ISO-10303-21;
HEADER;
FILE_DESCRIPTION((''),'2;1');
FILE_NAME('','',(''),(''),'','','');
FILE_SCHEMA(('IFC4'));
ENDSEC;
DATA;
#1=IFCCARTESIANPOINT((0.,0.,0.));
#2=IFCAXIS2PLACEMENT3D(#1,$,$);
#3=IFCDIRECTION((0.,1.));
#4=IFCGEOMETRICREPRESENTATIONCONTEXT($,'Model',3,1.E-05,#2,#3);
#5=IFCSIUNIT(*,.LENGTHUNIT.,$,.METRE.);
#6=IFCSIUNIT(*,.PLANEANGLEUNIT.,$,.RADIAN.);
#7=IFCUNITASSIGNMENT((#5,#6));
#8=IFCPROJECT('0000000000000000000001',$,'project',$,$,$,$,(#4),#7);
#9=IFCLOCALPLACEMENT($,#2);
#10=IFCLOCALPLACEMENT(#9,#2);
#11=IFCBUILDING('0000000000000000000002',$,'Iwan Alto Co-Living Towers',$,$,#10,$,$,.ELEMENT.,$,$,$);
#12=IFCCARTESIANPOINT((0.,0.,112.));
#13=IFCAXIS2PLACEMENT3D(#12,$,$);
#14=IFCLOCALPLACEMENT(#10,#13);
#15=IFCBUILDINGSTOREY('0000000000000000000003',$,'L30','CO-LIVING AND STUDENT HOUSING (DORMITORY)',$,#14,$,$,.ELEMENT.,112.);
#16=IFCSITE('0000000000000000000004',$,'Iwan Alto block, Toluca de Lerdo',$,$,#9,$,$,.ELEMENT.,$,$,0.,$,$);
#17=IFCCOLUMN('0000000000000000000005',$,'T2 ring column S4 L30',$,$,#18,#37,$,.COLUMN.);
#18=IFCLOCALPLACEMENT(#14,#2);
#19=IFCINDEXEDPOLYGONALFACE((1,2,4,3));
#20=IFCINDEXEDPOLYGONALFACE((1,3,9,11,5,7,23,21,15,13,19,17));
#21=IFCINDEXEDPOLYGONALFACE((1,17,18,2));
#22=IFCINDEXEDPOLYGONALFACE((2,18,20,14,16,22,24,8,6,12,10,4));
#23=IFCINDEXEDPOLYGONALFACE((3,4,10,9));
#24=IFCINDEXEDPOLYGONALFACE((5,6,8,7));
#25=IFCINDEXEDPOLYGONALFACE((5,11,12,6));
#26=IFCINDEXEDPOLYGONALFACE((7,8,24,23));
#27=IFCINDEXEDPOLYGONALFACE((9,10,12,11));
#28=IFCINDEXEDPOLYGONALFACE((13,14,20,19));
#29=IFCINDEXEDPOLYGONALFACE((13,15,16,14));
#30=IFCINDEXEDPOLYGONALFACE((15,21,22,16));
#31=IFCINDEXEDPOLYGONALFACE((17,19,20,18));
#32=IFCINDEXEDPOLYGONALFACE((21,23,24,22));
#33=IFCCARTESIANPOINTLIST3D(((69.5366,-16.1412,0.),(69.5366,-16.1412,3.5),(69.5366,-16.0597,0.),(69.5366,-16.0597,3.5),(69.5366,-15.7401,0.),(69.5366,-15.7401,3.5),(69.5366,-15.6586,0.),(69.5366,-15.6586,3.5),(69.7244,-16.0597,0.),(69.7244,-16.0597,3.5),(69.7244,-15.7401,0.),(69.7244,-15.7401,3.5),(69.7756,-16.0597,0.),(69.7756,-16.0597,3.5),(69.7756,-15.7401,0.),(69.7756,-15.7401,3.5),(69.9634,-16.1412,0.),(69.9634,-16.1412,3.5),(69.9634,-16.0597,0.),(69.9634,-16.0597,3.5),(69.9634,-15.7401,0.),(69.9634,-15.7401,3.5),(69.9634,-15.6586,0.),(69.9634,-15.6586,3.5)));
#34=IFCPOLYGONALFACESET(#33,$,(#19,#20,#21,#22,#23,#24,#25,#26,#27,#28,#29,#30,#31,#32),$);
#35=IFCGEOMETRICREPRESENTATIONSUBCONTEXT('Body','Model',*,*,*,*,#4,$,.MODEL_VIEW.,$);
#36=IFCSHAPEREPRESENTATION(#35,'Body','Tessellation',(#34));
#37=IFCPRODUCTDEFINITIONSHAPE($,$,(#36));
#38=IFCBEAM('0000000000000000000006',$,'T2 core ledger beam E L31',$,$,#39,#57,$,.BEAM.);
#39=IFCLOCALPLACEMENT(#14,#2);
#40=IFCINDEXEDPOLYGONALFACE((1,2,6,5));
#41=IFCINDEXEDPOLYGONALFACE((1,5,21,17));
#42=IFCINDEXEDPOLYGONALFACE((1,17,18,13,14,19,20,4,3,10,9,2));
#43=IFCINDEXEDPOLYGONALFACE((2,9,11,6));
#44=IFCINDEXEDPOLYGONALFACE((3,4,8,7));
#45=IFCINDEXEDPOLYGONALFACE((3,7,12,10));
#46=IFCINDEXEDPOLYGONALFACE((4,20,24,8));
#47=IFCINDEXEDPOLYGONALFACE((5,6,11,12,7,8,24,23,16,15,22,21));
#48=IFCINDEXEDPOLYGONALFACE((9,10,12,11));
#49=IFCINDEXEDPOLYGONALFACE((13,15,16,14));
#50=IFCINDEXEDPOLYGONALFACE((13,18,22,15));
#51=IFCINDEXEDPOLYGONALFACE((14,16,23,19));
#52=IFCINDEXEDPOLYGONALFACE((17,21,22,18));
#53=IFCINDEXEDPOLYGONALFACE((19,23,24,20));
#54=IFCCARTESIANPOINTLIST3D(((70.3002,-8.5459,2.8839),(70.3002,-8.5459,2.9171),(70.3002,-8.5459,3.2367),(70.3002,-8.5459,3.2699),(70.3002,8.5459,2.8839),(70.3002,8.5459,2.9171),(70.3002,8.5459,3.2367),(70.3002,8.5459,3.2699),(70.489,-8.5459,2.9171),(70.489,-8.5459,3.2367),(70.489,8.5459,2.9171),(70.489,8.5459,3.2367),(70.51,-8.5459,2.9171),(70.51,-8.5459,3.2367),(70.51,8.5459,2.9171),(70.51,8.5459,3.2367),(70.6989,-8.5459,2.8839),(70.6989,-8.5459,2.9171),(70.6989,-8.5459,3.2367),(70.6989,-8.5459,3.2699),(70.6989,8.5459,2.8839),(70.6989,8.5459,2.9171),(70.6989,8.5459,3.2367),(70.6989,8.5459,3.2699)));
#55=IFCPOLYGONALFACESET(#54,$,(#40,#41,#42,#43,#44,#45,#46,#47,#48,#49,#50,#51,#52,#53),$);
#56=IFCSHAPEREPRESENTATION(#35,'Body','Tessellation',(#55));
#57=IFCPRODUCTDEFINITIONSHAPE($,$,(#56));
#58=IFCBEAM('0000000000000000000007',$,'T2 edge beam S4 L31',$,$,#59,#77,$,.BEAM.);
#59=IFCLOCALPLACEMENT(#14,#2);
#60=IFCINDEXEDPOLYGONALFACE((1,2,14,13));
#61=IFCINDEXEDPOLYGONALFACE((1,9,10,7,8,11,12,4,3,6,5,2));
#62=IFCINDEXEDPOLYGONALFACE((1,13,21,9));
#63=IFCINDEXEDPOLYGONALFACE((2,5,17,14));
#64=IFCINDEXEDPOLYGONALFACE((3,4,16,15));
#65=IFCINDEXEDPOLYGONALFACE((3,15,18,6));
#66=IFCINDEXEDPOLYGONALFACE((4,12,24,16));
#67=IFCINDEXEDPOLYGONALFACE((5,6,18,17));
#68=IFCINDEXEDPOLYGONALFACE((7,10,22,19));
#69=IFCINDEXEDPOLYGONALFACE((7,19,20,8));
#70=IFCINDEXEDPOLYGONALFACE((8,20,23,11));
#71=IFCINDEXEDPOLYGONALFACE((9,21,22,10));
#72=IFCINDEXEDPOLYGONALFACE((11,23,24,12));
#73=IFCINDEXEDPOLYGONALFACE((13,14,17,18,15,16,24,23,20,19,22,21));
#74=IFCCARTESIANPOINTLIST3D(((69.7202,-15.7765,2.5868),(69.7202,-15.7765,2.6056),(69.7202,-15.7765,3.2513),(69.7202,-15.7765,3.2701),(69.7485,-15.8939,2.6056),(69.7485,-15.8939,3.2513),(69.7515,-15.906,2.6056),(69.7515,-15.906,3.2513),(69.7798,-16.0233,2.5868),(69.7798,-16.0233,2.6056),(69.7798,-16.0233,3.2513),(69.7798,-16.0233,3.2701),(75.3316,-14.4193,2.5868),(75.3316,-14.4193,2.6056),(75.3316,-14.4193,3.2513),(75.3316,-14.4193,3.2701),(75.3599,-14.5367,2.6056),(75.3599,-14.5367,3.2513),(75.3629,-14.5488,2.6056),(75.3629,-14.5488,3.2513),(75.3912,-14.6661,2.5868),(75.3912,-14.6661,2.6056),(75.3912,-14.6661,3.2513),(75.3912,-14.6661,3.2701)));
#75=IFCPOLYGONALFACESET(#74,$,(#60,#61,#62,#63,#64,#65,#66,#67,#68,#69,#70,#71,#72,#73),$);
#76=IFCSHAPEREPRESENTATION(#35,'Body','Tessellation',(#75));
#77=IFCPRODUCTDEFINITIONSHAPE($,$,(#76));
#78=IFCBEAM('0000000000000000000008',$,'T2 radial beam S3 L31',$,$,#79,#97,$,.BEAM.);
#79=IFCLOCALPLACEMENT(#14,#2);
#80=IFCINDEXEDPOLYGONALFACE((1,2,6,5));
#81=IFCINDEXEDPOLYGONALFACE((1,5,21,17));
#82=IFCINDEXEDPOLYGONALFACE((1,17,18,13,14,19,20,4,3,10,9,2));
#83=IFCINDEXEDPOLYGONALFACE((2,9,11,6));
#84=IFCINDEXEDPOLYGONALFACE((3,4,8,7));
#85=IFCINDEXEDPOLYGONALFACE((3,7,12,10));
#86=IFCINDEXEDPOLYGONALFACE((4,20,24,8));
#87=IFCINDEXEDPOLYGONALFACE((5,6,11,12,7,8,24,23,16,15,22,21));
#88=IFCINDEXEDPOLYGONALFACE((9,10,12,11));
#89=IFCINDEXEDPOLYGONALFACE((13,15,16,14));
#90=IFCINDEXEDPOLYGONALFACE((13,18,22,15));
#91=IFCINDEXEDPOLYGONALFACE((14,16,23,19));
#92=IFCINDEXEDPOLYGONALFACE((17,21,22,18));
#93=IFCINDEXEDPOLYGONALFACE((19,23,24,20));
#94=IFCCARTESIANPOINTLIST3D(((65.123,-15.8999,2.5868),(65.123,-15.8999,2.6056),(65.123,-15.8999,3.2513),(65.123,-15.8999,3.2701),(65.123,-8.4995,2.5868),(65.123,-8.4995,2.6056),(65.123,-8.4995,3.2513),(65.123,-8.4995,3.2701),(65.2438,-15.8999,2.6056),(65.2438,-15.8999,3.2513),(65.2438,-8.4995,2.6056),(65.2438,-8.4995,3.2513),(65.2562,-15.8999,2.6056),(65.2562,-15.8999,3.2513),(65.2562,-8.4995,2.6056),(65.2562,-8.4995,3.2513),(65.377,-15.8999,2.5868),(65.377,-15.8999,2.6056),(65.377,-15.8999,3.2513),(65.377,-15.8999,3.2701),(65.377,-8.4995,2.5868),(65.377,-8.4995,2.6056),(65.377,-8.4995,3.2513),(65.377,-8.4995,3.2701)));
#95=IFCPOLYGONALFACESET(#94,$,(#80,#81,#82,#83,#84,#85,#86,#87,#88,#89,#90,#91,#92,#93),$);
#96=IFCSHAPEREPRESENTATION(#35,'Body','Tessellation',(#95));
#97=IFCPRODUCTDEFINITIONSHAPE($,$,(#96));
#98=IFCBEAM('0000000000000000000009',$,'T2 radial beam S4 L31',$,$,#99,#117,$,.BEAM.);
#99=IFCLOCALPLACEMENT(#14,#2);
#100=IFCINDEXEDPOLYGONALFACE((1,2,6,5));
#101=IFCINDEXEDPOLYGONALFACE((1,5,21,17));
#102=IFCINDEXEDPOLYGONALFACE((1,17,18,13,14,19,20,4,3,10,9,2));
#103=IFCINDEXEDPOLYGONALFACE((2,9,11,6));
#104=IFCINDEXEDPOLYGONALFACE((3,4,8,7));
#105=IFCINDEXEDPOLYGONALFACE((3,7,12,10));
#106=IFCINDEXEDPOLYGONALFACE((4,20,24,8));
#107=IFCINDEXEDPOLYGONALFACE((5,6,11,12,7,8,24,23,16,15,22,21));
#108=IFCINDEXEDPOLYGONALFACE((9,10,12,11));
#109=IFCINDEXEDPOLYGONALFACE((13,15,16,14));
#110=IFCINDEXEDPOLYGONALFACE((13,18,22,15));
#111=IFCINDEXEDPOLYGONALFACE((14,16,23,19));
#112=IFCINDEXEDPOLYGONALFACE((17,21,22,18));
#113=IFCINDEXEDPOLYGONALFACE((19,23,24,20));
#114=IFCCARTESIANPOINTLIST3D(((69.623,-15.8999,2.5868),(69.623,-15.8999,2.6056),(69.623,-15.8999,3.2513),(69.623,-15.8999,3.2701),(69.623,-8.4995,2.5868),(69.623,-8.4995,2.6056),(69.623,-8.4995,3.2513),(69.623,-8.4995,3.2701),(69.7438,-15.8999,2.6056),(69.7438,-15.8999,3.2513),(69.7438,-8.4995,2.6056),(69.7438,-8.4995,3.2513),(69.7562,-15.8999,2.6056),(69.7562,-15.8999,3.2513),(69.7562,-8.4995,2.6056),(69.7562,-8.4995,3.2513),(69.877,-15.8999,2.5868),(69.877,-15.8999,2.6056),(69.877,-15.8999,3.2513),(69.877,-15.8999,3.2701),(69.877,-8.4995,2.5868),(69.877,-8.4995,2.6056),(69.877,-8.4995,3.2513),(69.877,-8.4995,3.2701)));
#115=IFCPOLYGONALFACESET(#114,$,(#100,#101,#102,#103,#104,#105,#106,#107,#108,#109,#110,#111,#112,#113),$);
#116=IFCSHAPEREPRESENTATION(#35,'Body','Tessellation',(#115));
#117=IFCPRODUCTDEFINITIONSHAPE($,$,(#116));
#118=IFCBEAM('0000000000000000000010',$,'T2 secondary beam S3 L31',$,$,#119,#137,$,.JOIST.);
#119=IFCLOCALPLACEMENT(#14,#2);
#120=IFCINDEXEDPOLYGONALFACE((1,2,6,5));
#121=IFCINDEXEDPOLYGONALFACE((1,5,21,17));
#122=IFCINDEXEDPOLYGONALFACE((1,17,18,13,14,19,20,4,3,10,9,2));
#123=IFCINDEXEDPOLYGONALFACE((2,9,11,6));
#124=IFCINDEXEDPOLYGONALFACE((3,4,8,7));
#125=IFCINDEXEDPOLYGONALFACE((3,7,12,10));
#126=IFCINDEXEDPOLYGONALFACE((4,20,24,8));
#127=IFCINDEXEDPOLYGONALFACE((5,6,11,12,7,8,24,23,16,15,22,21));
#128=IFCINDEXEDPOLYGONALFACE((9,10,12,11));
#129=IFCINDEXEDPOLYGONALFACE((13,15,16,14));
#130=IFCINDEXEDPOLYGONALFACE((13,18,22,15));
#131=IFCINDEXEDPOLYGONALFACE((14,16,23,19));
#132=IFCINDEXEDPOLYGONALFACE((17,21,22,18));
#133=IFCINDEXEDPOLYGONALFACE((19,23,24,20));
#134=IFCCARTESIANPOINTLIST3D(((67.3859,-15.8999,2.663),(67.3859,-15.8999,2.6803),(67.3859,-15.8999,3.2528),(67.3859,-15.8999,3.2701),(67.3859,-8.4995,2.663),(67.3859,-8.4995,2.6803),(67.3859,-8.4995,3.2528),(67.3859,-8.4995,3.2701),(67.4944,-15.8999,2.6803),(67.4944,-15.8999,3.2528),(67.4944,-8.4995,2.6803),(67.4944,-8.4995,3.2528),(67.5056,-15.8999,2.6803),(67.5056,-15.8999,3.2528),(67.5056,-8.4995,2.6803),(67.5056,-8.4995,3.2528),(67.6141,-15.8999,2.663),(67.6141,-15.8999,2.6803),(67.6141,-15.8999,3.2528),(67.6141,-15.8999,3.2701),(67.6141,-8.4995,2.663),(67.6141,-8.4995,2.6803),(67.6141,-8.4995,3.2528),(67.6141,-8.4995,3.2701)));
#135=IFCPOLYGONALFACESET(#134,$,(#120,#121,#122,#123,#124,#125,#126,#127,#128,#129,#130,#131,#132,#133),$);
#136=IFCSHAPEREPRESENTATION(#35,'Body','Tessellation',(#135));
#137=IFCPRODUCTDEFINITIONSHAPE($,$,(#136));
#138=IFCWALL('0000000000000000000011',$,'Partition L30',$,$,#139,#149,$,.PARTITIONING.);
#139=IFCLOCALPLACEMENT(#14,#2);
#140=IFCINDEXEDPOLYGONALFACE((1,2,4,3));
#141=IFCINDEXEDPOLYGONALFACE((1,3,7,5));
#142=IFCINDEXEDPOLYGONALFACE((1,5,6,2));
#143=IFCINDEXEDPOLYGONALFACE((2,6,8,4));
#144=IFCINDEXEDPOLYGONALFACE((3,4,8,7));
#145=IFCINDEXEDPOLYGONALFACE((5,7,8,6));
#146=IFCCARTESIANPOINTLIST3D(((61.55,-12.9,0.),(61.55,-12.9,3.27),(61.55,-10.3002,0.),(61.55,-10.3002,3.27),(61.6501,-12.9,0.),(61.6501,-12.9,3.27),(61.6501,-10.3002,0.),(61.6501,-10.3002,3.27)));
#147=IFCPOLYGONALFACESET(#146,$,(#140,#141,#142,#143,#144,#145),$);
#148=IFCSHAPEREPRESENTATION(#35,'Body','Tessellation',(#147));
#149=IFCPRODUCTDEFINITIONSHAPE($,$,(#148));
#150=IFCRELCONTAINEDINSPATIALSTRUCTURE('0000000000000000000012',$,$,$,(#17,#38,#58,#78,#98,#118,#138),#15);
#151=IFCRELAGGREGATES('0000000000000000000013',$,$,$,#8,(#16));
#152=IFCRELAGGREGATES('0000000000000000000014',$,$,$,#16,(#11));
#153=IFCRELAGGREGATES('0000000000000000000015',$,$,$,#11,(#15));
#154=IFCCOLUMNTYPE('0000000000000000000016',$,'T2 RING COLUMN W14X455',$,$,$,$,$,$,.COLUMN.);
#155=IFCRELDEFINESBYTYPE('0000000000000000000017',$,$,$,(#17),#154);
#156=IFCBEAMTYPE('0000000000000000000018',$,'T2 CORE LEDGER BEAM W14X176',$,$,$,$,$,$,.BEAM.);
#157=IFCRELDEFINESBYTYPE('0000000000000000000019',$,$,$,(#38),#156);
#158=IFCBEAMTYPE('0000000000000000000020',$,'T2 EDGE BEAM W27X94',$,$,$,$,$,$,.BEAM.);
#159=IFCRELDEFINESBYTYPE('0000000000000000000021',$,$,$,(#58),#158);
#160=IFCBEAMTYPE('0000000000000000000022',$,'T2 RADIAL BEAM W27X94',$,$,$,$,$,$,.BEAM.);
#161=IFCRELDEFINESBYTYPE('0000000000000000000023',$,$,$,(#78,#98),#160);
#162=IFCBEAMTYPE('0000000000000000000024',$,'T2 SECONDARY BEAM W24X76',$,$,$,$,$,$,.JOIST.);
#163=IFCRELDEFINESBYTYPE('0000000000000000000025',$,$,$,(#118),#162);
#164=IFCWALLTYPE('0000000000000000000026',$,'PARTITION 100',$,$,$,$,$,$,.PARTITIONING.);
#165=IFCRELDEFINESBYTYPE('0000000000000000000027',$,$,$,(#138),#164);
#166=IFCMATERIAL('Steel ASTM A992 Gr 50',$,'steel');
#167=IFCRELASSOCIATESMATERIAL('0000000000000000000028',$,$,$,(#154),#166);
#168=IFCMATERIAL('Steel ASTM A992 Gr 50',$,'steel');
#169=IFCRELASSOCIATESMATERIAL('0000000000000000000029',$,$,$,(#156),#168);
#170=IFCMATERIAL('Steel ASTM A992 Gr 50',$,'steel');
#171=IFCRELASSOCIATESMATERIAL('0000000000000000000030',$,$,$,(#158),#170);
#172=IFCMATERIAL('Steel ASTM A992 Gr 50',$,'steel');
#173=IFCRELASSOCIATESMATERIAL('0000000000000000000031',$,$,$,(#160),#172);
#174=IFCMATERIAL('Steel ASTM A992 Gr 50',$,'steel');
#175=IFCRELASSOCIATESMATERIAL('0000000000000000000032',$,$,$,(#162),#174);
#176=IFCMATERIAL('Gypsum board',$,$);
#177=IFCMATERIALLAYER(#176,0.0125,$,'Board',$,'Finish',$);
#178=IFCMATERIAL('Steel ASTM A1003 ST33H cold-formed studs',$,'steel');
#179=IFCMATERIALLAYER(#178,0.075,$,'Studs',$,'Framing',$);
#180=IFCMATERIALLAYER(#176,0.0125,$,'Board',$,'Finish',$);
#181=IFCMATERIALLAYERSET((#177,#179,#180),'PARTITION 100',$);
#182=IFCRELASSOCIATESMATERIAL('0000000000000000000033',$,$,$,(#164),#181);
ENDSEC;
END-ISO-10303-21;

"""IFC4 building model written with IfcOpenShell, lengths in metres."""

from ifc_helpers import new_model, si_unit, direction, frame, frame_2d, origin, origin_2d, place, context, subcontext, project, spatial, rectangle, i_section, extrude, material, layer, layer_set, material_profile, profile_set, type_object, element, save


model = new_model("IFC4")

# Units and contexts
model_context = context("Model", 3, precision=1e-05, world=origin(), true_north=direction((0.0, 1.0)))
body_context = subcontext(model_context, "Body", "Model", "MODEL_VIEW")
ifc_project = project(units=[si_unit("LENGTHUNIT", "METRE"), si_unit("PLANEANGLEUNIT", "RADIAN")], contexts=[model_context])

# Site, building, storey
site_placement = place(None, origin())
site = spatial("IfcSite", under=ifc_project, at=site_placement, Name="Iwan Alto block, Toluca de Lerdo", CompositionType="ELEMENT", RefElevation=0.0)
building_placement = place(site_placement, origin())
building = spatial("IfcBuilding", under=site, at=building_placement, Name="Iwan Alto Co-Living Towers", CompositionType="ELEMENT")
storey_placement = place(building_placement, frame((0.0, 0.0, 112.0)))
storey = spatial("IfcBuildingStorey", under=building, at=storey_placement, Name="L30", Description="CO-LIVING AND STUDENT HOUSING (DORMITORY)", CompositionType="ELEMENT", Elevation=112.0)

# Column
ifc_material_1 = material(Name="Steel ASTM A992 Gr 50", Category="steel")
ifc_material_profile_1 = material_profile(ifc_material_1, i_section(OverallWidth=0.4268, OverallDepth=0.4827, WebThickness=0.0513, FlangeThickness=0.0815, at=origin_2d()), Name="W14X455")
ifc_profile_set_1 = profile_set([ifc_material_profile_1], Name="Steel ASTM A992 Gr 50")
column_type = type_object("IfcColumnType", Name="T2 RING COLUMN W14X455", PredefinedType="COLUMN", material=ifc_profile_set_1)
column_placement = place(storey_placement, frame((69.75, -15.8999, 0.0), z_axis=(0.0, 0.0, 1.0), x_axis=(1.0, 0.0, 0.0)))
element("IfcColumn", 1, at=column_placement, inside=storey, type_object=column_type, Name="T2 ring column S4 L30", PredefinedType="COLUMN", context=body_context, shape_type="SweptSolid", body=[
    extrude(i_section(OverallWidth=0.4268, OverallDepth=0.4827, WebThickness=0.0513, FlangeThickness=0.0815, at=origin_2d()), origin(), (0.0, 0.0, 1.0), 3.5),
])

# Beams
ifc_material_2 = material(Name="Steel ASTM A992 Gr 50", Category="steel")
ifc_material_profile_2 = material_profile(ifc_material_2, i_section(OverallWidth=0.3987, OverallDepth=0.386, WebThickness=0.021, FlangeThickness=0.0332, at=origin_2d()), Name="W14X176")
ifc_profile_set_2 = profile_set([ifc_material_profile_2], Name="Steel ASTM A992 Gr 50")
beam_type_1 = type_object("IfcBeamType", Name="T2 CORE LEDGER BEAM W14X176", PredefinedType="BEAM", material=ifc_profile_set_2)
beam_1_placement = place(storey_placement, frame((70.4995, -8.5459, 3.0769), z_axis=(0.0, 1.0, 0.0), x_axis=(-1.0, 0.0, 0.0)))
element("IfcBeam", 2, at=beam_1_placement, inside=storey, type_object=beam_type_1, Name="T2 core ledger beam E L31", PredefinedType="BEAM", context=body_context, shape_type="SweptSolid", body=[
    extrude(i_section(OverallWidth=0.3987, OverallDepth=0.386, WebThickness=0.021, FlangeThickness=0.0332, at=origin_2d()), origin(), (0.0, 0.0, 1.0), 17.0918),
])
ifc_material_3 = material(Name="Steel ASTM A992 Gr 50", Category="steel")
ifc_material_profile_3 = material_profile(ifc_material_3, i_section(OverallWidth=0.2539, OverallDepth=0.6833, WebThickness=0.0125, FlangeThickness=0.0188, at=origin_2d()), Name="W27X94")
ifc_profile_set_3 = profile_set([ifc_material_profile_3], Name="Steel ASTM A992 Gr 50")
beam_type_2 = type_object("IfcBeamType", Name="T2 EDGE BEAM W27X94", PredefinedType="BEAM", material=ifc_profile_set_3)
beam_2_placement = place(storey_placement, frame((69.75, -15.8999, 2.9285), z_axis=(0.971975, 0.235086, 0.0), x_axis=(-0.235086, 0.971975, 0.0)))
element("IfcBeam", 3, at=beam_2_placement, inside=storey, type_object=beam_type_2, Name="T2 edge beam S4 L31", PredefinedType="BEAM", context=body_context, shape_type="SweptSolid", body=[
    extrude(i_section(OverallWidth=0.2539, OverallDepth=0.6833, WebThickness=0.0125, FlangeThickness=0.0188, at=origin_2d()), origin(), (0.0, 0.0, 1.0), 5.7732),
])
ifc_material_4 = material(Name="Steel ASTM A992 Gr 50", Category="steel")
ifc_material_profile_4 = material_profile(ifc_material_4, i_section(OverallWidth=0.2539, OverallDepth=0.6833, WebThickness=0.0125, FlangeThickness=0.0188, at=origin_2d()), Name="W27X94")
ifc_profile_set_4 = profile_set([ifc_material_profile_4], Name="Steel ASTM A992 Gr 50")
beam_type_3 = type_object("IfcBeamType", Name="T2 RADIAL BEAM W27X94", PredefinedType="BEAM", material=ifc_profile_set_4)
for number, where, z_axis, x_axis, name in (
    (4, (65.25, -15.8999, 2.9285), (0.0, 1.0, 0.0), (-1.0, 0.0, 0.0), "T2 radial beam S3 L31"),
    (5, (69.75, -15.8999, 2.9285), (0.0, 1.0, 0.0), (-1.0, 0.0, 0.0), "T2 radial beam S4 L31"),
):
    element("IfcBeam", number, at=place(storey_placement, frame(where, z_axis=z_axis, x_axis=x_axis)), inside=storey, type_object=beam_type_3, Name=name, PredefinedType="BEAM", context=body_context, shape_type="SweptSolid", body=[
        extrude(i_section(OverallWidth=0.2539, OverallDepth=0.6833, WebThickness=0.0125, FlangeThickness=0.0188, at=origin_2d()), origin(), (0.0, 0.0, 1.0), 7.4004),
    ])
ifc_material_5 = material(Name="Steel ASTM A992 Gr 50", Category="steel")
ifc_material_profile_5 = material_profile(ifc_material_5, i_section(OverallWidth=0.2283, OverallDepth=0.6072, WebThickness=0.0112, FlangeThickness=0.0173, at=origin_2d()), Name="W24X76")
ifc_profile_set_5 = profile_set([ifc_material_profile_5], Name="Steel ASTM A992 Gr 50")
beam_type_4 = type_object("IfcBeamType", Name="T2 SECONDARY BEAM W24X76", PredefinedType="JOIST", material=ifc_profile_set_5)
beam_3_placement = place(storey_placement, frame((67.5, -15.8999, 2.9666), z_axis=(0.0, 1.0, 0.0), x_axis=(-1.0, 0.0, 0.0)))
element("IfcBeam", 6, at=beam_3_placement, inside=storey, type_object=beam_type_4, Name="T2 secondary beam S3 L31", PredefinedType="JOIST", context=body_context, shape_type="SweptSolid", body=[
    extrude(i_section(OverallWidth=0.2283, OverallDepth=0.6072, WebThickness=0.0112, FlangeThickness=0.0173, at=origin_2d()), origin(), (0.0, 0.0, 1.0), 7.4004),
])

# Wall
ifc_material_6 = material(Name="Gypsum board")
ifc_layer_1 = layer(ifc_material_6, 0.0125, Name="Board", Category="Finish")
ifc_material_7 = material(Name="Steel ASTM A1003 ST33H cold-formed studs", Category="steel")
ifc_layer_2 = layer(ifc_material_7, 0.075, Name="Studs", Category="Framing")
ifc_layer_3 = layer(ifc_material_6, 0.0125, Name="Board", Category="Finish")
ifc_layer_set_1 = layer_set([ifc_layer_1, ifc_layer_2, ifc_layer_3], Name="PARTITION 100")
wall_type_1 = type_object("IfcWallType", Name="PARTITION 100", PredefinedType="PARTITIONING", material=ifc_layer_set_1)
wall_1_placement = place(storey_placement, frame((61.6001, -12.8999, 0.0), z_axis=(0.0, 0.0, 1.0), x_axis=(0.0, 1.0, 0.0)))
element("IfcWall", 7, at=wall_1_placement, inside=storey, type_object=wall_type_1, Name="Partition L30", PredefinedType="PARTITIONING", context=body_context, shape_type="SweptSolid", body=[
    extrude(rectangle(XDim=2.5999, YDim=0.1001, at=frame_2d((1.2998, 0.0))), origin(), (0.0, 0.0, 1.0), 3.27),
])

save(model, "model.ifc")
